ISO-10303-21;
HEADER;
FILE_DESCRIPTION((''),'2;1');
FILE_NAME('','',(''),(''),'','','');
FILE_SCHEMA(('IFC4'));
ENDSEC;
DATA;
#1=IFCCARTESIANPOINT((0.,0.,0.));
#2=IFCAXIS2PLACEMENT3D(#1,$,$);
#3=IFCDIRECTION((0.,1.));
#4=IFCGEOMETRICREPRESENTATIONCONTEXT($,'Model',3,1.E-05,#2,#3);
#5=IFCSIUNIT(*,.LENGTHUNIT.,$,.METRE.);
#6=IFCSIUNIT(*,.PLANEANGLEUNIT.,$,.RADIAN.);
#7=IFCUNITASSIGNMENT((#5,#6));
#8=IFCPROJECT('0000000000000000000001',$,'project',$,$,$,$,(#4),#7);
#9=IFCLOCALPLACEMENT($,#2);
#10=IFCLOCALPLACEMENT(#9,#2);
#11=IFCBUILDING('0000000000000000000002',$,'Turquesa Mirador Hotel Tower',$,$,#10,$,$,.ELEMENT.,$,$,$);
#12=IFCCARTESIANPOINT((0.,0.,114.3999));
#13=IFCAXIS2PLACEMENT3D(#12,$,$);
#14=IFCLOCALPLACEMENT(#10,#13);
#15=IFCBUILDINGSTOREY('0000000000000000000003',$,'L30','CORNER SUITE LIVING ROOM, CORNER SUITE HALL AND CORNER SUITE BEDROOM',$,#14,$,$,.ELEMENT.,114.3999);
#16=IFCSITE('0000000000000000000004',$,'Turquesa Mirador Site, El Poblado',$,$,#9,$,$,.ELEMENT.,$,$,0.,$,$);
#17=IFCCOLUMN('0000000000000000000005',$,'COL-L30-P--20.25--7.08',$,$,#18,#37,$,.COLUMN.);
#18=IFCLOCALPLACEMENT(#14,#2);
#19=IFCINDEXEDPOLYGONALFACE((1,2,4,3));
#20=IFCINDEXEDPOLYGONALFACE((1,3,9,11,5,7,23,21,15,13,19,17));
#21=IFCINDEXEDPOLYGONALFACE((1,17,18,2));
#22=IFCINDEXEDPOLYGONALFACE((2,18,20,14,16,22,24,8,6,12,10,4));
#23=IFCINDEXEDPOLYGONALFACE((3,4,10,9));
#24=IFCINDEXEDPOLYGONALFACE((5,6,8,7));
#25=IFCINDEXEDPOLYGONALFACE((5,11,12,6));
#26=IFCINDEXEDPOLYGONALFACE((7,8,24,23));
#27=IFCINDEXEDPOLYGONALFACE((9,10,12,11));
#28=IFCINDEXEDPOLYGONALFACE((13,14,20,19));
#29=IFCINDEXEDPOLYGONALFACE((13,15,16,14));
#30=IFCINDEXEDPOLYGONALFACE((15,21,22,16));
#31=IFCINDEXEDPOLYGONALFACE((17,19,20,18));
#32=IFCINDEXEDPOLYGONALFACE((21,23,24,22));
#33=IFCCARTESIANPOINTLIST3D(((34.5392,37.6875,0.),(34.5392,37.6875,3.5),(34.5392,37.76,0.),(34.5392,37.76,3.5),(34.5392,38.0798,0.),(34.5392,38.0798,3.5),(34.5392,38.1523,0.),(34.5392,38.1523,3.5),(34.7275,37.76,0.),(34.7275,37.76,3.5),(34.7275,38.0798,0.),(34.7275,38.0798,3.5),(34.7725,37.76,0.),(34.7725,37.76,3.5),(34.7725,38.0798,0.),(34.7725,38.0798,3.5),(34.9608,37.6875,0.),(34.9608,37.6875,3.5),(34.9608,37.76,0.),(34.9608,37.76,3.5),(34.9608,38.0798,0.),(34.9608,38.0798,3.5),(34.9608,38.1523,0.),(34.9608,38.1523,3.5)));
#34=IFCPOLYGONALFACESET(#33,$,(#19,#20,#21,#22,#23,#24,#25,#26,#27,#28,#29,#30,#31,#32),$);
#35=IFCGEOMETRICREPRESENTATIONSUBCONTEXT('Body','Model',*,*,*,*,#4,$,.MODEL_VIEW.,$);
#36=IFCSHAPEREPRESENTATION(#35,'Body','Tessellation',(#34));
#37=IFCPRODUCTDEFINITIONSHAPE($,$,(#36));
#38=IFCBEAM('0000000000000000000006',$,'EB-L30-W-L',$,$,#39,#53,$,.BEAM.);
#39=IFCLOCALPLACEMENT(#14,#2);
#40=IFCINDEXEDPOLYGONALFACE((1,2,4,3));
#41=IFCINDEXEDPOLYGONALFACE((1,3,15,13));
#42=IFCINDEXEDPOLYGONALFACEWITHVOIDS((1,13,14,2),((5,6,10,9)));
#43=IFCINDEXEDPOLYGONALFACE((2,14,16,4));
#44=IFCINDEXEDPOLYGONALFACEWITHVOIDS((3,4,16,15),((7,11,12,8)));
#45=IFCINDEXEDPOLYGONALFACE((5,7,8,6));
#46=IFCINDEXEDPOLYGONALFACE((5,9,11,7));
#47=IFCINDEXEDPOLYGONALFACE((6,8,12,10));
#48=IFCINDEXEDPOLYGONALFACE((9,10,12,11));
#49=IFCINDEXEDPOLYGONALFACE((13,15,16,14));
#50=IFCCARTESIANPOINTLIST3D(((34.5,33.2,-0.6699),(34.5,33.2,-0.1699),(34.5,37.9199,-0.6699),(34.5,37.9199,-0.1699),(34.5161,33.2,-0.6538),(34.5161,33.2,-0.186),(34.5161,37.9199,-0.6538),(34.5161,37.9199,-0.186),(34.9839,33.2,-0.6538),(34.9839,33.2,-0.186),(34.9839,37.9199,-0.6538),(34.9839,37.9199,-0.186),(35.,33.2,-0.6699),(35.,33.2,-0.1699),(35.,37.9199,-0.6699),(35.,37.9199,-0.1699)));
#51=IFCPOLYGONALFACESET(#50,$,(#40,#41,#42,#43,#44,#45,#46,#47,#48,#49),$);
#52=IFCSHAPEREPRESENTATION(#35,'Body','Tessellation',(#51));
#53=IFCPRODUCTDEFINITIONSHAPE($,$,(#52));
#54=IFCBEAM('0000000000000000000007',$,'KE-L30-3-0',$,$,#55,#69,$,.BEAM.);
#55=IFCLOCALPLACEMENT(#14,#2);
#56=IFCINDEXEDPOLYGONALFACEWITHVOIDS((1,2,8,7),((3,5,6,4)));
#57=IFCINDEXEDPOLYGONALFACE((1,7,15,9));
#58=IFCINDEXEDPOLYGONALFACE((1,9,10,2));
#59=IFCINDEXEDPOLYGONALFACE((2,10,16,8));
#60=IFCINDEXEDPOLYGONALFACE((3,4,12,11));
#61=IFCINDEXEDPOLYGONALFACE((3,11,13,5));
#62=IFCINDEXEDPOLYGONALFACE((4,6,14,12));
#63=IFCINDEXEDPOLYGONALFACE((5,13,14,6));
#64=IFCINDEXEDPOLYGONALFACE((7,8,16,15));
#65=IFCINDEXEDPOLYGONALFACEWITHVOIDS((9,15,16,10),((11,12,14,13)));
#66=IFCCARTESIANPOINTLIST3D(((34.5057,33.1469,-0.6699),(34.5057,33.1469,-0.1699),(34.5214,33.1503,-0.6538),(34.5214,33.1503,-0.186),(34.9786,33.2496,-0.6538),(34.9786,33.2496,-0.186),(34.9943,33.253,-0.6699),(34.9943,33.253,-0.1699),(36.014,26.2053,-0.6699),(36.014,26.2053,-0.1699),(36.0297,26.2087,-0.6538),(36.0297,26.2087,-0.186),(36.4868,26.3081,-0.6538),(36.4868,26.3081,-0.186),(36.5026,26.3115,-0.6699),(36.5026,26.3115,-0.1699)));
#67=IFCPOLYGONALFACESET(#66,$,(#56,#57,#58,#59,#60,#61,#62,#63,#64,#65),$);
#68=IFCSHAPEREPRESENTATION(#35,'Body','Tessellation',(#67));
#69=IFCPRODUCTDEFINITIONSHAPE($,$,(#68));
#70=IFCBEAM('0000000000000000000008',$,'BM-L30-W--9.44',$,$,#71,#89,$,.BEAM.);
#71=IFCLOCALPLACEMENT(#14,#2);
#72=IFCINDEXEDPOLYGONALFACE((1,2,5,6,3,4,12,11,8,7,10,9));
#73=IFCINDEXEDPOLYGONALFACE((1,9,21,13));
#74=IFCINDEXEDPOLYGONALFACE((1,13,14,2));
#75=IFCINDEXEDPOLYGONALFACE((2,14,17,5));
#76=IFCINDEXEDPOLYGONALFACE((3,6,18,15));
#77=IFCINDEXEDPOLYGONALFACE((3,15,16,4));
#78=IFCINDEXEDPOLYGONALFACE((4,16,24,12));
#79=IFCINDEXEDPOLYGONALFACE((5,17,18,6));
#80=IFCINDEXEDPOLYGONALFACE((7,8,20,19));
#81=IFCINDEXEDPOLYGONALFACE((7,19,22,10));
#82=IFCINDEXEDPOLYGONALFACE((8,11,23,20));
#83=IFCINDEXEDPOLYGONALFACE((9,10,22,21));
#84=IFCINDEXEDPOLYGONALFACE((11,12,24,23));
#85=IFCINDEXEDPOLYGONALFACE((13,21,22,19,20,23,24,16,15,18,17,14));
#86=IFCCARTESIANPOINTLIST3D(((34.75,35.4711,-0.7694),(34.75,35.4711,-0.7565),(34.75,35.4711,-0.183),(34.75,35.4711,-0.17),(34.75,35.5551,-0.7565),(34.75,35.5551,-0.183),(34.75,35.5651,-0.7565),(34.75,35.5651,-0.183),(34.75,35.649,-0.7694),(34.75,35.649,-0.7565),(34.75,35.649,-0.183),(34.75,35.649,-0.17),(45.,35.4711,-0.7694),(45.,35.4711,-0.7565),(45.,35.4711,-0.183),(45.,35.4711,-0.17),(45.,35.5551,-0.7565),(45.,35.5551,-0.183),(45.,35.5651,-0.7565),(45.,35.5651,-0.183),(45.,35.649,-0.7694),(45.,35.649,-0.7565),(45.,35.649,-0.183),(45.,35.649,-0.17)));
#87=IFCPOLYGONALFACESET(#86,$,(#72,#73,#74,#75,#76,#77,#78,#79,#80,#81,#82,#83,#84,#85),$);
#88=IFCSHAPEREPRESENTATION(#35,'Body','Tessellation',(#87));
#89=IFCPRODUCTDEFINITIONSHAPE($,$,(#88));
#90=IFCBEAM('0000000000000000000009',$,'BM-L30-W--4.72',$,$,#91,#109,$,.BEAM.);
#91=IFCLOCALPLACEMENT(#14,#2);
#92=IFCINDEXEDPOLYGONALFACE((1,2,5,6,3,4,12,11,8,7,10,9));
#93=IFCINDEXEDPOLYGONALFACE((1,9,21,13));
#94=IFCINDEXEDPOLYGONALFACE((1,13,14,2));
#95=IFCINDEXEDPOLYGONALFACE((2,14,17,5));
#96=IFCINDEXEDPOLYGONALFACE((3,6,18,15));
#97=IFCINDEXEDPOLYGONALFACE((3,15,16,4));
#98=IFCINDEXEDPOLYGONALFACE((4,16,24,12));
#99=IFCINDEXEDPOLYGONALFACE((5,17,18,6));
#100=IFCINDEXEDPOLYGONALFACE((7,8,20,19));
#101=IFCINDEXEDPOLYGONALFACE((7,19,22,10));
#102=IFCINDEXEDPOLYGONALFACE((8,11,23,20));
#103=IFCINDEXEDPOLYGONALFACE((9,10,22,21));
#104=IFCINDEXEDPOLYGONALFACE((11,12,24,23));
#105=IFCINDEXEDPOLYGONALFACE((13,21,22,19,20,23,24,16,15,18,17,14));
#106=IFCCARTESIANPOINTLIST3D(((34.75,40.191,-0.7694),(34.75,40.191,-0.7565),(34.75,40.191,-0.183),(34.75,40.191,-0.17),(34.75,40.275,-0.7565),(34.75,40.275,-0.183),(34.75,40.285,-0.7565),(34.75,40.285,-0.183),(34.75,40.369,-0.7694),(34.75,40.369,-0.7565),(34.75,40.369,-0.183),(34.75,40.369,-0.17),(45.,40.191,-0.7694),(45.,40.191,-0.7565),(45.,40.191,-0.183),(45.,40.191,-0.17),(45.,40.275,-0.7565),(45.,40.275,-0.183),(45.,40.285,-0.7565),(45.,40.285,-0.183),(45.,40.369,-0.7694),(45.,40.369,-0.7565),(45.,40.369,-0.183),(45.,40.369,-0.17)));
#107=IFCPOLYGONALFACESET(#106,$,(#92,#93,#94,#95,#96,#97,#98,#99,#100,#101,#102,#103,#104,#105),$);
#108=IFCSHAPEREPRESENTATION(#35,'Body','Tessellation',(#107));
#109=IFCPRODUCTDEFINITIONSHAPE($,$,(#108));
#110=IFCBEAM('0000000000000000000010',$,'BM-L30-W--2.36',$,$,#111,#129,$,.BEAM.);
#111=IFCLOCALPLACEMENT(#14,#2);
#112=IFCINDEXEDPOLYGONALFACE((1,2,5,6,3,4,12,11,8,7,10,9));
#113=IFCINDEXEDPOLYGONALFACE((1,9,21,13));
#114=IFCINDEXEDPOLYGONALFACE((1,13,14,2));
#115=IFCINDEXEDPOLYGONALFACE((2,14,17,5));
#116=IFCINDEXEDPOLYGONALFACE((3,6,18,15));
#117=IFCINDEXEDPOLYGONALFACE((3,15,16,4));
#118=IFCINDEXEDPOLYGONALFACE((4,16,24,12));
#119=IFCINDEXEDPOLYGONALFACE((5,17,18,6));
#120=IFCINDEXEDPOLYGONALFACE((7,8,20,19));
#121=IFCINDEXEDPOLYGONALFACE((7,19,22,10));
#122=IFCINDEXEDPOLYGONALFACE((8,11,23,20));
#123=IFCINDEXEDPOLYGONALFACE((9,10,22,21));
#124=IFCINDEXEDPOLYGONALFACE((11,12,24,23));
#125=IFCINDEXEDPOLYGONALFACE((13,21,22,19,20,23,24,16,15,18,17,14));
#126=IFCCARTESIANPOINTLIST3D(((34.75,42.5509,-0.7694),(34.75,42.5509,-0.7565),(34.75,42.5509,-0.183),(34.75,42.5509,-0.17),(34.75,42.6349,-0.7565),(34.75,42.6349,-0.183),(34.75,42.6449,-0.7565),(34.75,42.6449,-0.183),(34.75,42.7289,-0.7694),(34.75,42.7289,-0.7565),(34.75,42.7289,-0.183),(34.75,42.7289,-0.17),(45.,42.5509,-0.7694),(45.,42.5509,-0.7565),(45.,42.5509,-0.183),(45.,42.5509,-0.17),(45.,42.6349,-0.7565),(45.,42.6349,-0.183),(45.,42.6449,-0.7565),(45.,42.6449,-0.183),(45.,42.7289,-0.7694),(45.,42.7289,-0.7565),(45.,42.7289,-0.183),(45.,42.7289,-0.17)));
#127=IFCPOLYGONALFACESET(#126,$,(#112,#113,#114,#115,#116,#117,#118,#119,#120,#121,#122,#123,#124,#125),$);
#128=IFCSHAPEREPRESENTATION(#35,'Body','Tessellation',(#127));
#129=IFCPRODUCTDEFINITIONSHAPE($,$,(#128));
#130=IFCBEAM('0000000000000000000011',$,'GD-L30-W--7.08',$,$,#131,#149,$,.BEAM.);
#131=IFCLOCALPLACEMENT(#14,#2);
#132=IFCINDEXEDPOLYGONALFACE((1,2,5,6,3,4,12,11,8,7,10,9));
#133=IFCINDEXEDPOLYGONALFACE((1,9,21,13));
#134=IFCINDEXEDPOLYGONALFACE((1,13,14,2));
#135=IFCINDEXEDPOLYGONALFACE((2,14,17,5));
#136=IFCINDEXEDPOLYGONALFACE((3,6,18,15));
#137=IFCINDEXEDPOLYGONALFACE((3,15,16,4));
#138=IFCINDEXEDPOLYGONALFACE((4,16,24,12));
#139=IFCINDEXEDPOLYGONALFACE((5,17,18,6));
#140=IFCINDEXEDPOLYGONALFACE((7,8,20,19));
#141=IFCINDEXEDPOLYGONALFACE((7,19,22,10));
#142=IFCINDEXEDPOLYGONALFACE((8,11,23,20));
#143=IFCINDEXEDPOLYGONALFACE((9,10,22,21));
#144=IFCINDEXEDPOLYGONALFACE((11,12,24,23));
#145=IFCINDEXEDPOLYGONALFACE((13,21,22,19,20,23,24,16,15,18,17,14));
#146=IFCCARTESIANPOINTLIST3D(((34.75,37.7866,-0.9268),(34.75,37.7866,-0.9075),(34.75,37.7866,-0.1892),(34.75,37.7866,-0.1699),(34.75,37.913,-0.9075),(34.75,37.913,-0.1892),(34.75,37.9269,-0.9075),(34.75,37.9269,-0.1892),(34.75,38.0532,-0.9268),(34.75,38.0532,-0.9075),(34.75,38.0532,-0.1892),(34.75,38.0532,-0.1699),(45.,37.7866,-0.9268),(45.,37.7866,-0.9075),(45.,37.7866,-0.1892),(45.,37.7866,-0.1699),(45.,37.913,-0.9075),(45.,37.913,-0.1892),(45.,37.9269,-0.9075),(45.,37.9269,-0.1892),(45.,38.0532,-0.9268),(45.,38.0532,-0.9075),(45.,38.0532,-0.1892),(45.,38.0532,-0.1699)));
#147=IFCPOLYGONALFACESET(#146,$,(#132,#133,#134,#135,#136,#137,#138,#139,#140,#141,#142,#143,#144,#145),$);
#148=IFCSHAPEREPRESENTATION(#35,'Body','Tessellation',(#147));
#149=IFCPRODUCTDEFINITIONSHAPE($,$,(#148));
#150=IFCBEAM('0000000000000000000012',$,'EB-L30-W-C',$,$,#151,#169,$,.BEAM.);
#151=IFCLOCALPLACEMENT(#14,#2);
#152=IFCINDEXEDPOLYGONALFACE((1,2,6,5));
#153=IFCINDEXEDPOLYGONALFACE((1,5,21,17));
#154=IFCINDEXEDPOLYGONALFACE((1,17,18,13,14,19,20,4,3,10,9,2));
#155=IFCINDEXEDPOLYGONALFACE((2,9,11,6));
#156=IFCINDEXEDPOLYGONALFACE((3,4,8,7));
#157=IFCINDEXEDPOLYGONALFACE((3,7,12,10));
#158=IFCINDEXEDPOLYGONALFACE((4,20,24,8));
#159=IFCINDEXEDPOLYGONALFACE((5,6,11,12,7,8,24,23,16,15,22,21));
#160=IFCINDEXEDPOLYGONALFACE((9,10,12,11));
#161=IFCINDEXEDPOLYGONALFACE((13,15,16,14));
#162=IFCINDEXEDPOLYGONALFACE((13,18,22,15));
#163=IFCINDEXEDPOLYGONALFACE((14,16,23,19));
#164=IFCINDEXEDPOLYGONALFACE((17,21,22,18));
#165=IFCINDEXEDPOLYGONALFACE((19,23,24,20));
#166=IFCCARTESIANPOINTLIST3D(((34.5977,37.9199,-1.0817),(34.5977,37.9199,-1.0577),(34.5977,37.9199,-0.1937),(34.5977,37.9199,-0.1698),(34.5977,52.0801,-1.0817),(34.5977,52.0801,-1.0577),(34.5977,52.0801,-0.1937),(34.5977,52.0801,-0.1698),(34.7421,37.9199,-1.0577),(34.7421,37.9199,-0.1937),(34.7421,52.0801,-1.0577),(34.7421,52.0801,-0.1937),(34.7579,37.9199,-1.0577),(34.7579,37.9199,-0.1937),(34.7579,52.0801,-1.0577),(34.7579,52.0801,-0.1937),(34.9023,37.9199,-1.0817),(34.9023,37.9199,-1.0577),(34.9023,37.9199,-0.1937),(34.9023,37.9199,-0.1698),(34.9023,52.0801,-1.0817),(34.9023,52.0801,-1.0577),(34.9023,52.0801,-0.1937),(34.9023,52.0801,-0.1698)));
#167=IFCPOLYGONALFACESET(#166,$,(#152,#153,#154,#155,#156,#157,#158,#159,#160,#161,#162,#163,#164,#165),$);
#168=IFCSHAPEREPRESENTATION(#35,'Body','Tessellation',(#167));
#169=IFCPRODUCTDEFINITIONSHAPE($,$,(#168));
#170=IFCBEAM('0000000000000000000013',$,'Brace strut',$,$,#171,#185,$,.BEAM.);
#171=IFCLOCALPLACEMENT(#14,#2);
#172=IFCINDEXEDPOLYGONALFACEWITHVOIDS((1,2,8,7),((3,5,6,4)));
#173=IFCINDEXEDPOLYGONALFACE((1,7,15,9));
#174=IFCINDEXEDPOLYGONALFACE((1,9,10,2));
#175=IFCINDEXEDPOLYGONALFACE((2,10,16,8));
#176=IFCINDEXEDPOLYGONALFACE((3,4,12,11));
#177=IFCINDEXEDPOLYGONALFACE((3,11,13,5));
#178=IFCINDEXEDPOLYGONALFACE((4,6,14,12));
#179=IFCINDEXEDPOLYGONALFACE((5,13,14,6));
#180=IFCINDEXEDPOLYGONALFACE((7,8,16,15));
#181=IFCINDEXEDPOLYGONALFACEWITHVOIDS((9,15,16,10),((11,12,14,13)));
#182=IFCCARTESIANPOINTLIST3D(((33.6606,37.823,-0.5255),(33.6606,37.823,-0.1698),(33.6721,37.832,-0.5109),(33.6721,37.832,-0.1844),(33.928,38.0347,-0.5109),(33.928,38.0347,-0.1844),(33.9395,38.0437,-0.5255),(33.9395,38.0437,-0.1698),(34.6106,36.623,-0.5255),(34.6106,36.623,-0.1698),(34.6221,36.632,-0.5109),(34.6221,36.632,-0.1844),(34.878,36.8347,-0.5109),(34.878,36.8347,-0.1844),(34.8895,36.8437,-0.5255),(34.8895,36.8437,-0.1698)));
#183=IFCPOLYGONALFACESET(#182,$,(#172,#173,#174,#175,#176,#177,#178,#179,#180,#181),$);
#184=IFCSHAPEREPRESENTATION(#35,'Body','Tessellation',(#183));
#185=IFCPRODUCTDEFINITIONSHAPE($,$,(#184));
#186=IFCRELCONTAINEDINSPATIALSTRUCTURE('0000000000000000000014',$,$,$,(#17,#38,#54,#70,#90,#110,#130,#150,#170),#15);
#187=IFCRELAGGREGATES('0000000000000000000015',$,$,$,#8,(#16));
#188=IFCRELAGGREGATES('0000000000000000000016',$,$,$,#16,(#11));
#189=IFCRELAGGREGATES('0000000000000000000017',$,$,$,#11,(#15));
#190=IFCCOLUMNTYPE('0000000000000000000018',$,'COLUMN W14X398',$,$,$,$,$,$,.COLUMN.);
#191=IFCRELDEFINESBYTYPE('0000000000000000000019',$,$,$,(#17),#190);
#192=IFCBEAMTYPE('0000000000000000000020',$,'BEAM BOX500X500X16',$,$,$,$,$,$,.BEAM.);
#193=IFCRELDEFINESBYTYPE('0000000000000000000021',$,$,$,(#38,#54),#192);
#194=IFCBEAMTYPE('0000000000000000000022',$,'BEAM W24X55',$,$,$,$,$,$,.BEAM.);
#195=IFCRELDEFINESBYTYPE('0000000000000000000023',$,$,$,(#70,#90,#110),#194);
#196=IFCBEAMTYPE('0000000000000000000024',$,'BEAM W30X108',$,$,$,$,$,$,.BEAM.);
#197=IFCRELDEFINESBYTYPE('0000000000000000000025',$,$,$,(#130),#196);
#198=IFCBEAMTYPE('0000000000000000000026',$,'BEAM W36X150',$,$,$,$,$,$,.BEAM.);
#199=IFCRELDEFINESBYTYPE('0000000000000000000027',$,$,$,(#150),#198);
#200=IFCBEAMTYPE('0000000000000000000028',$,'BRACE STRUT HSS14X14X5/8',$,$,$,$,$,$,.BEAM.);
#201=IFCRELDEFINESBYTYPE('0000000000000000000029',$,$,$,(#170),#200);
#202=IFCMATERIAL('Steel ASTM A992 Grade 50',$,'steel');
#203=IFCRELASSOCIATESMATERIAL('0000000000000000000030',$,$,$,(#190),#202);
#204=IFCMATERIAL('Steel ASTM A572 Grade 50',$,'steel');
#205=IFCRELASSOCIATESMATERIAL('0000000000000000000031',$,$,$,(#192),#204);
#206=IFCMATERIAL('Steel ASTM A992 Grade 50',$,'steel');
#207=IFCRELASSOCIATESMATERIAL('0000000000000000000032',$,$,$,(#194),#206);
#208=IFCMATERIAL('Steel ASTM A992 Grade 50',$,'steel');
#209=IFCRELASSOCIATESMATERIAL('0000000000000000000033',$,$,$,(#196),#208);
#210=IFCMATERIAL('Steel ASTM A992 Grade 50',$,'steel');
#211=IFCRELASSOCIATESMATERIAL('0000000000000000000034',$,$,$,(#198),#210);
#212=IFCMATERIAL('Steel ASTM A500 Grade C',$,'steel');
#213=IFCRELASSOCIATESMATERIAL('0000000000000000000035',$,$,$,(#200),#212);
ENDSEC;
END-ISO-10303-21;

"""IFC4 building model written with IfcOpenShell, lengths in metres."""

from ifc_helpers import new_model, si_unit, direction, frame, origin, origin_2d, place, context, subcontext, project, spatial, hollow_rectangle, i_section, extrude, material, material_profile, profile_set, type_object, element, save


model = new_model("IFC4")

# Units and contexts
model_context = context("Model", 3, precision=1e-05, world=origin(), true_north=direction((0.0, 1.0)))
body_context = subcontext(model_context, "Body", "Model", "MODEL_VIEW")
ifc_project = project(units=[si_unit("LENGTHUNIT", "METRE"), si_unit("PLANEANGLEUNIT", "RADIAN")], contexts=[model_context])

# Site, building, storey
site_placement = place(None, origin())
site = spatial("IfcSite", under=ifc_project, at=site_placement, Name="Turquesa Mirador Site, El Poblado", CompositionType="ELEMENT", RefElevation=0.0)
building_placement = place(site_placement, origin())
building = spatial("IfcBuilding", under=site, at=building_placement, Name="Turquesa Mirador Hotel Tower", CompositionType="ELEMENT")
storey_placement = place(building_placement, frame((0.0, 0.0, 114.3999)))
storey = spatial("IfcBuildingStorey", under=building, at=storey_placement, Name="L30", Description="CORNER SUITE LIVING ROOM, CORNER SUITE HALL AND CORNER SUITE BEDROOM", CompositionType="ELEMENT", Elevation=114.3999)

# Column
ifc_material_1 = material(Name="Steel ASTM A992 Grade 50", Category="steel")
ifc_material_profile_1 = material_profile(ifc_material_1, i_section(OverallWidth=0.4216, OverallDepth=0.4648, WebThickness=0.0449, FlangeThickness=0.0725, at=origin_2d()), Name="W14X398")
ifc_profile_set_1 = profile_set([ifc_material_profile_1], Name="Steel ASTM A992 Grade 50")
column_type = type_object("IfcColumnType", Name="COLUMN W14X398", PredefinedType="COLUMN", material=ifc_profile_set_1)
column_placement = place(storey_placement, frame((34.75, 37.9199, 0.0), z_axis=(0.0, 0.0, 1.0), x_axis=(1.0, 0.0, 0.0)))
element("IfcColumn", 1, at=column_placement, inside=storey, type_object=column_type, Name="COL-L30-P--20.25--7.08", PredefinedType="COLUMN", context=body_context, shape_type="SweptSolid", body=[
    extrude(i_section(OverallWidth=0.4216, OverallDepth=0.4648, WebThickness=0.0449, FlangeThickness=0.0725, at=origin_2d()), origin(), (0.0, 0.0, 1.0), 3.5),
])

# Beams
ifc_material_2 = material(Name="Steel ASTM A572 Grade 50", Category="steel")
ifc_material_profile_2 = material_profile(ifc_material_2, hollow_rectangle(XDim=0.5, YDim=0.5, WallThickness=0.0161, at=origin_2d()), Name="BOX500X500X16")
ifc_profile_set_2 = profile_set([ifc_material_profile_2], Name="Steel ASTM A572 Grade 50")
beam_type_1 = type_object("IfcBeamType", Name="BEAM BOX500X500X16", PredefinedType="BEAM", material=ifc_profile_set_2)
beam_1_placement = place(storey_placement, frame((34.75, 33.2, -0.4199), z_axis=(0.0, 1.0, 0.0), x_axis=(-1.0, 0.0, 0.0)))
element("IfcBeam", 2, at=beam_1_placement, inside=storey, type_object=beam_type_1, Name="EB-L30-W-L", PredefinedType="BEAM", context=body_context, shape_type="SweptSolid", body=[
    extrude(hollow_rectangle(XDim=0.5, YDim=0.5, WallThickness=0.0161, at=origin_2d()), origin(), (0.0, 0.0, 1.0), 4.72),
])
beam_2_placement = place(storey_placement, frame((34.75, 33.2, -0.4199), z_axis=(0.212328, -0.977198, 0.0), x_axis=(0.977198, 0.212328, 0.0)))
element("IfcBeam", 3, at=beam_2_placement, inside=storey, type_object=beam_type_1, Name="KE-L30-3-0", PredefinedType="BEAM", context=body_context, shape_type="SweptSolid", body=[
    extrude(hollow_rectangle(XDim=0.5, YDim=0.5, WallThickness=0.0161, at=origin_2d()), origin(), (0.0, 0.0, 1.0), 7.1035),
])
ifc_material_3 = material(Name="Steel ASTM A992 Grade 50", Category="steel")
ifc_material_profile_3 = material_profile(ifc_material_3, i_section(OverallWidth=0.178, OverallDepth=0.5994, WebThickness=0.01, FlangeThickness=0.0129, at=origin_2d()), Name="W24X55")
ifc_profile_set_3 = profile_set([ifc_material_profile_3], Name="Steel ASTM A992 Grade 50")
beam_type_2 = type_object("IfcBeamType", Name="BEAM W24X55", PredefinedType="BEAM", material=ifc_profile_set_3)
for number, where, z_axis, x_axis, name in (
    (4, (34.75, 35.5601, -0.4697), (1.0, 0.0, 0.0), (0.0, 1.0, 0.0), "BM-L30-W--9.44"),
    (5, (34.75, 40.28, -0.4697), (1.0, 0.0, 0.0), (0.0, 1.0, 0.0), "BM-L30-W--4.72"),
    (6, (34.75, 42.6399, -0.4697), (1.0, 0.0, 0.0), (0.0, 1.0, 0.0), "BM-L30-W--2.36"),
):
    element("IfcBeam", number, at=place(storey_placement, frame(where, z_axis=z_axis, x_axis=x_axis)), inside=storey, type_object=beam_type_2, Name=name, PredefinedType="BEAM", context=body_context, shape_type="SweptSolid", body=[
        extrude(i_section(OverallWidth=0.178, OverallDepth=0.5994, WebThickness=0.01, FlangeThickness=0.0129, at=origin_2d()), origin(), (0.0, 0.0, 1.0), 10.25),
    ])
ifc_material_4 = material(Name="Steel ASTM A992 Grade 50", Category="steel")
ifc_material_profile_4 = material_profile(ifc_material_4, i_section(OverallWidth=0.2666, OverallDepth=0.7568, WebThickness=0.0139, FlangeThickness=0.0193, at=origin_2d()), Name="W30X108")
ifc_profile_set_4 = profile_set([ifc_material_profile_4], Name="Steel ASTM A992 Grade 50")
beam_type_3 = type_object("IfcBeamType", Name="BEAM W30X108", PredefinedType="BEAM", material=ifc_profile_set_4)
beam_3_placement = place(storey_placement, frame((34.75, 37.9199, -0.5483), z_axis=(1.0, 0.0, 0.0), x_axis=(0.0, 1.0, 0.0)))
element("IfcBeam", 7, at=beam_3_placement, inside=storey, type_object=beam_type_3, Name="GD-L30-W--7.08", PredefinedType="BEAM", context=body_context, shape_type="SweptSolid", body=[
    extrude(i_section(OverallWidth=0.2666, OverallDepth=0.7568, WebThickness=0.0139, FlangeThickness=0.0193, at=origin_2d()), origin(), (0.0, 0.0, 1.0), 10.25),
])
ifc_material_5 = material(Name="Steel ASTM A992 Grade 50", Category="steel")
ifc_material_profile_5 = material_profile(ifc_material_5, i_section(OverallWidth=0.3047, OverallDepth=0.9119, WebThickness=0.0159, FlangeThickness=0.0239, at=origin_2d()), Name="W36X150")
ifc_profile_set_5 = profile_set([ifc_material_profile_5], Name="Steel ASTM A992 Grade 50")
beam_type_4 = type_object("IfcBeamType", Name="BEAM W36X150", PredefinedType="BEAM", material=ifc_profile_set_5)
beam_4_placement = place(storey_placement, frame((34.75, 37.9199, -0.6257), z_axis=(0.0, 1.0, 0.0), x_axis=(-1.0, 0.0, 0.0)))
element("IfcBeam", 8, at=beam_4_placement, inside=storey, type_object=beam_type_4, Name="EB-L30-W-C", PredefinedType="BEAM", context=body_context, shape_type="SweptSolid", body=[
    extrude(i_section(OverallWidth=0.3047, OverallDepth=0.9119, WebThickness=0.0159, FlangeThickness=0.0239, at=origin_2d()), origin(), (0.0, 0.0, 1.0), 14.1602),
])
ifc_material_6 = material(Name="Steel ASTM A500 Grade C", Category="steel")
ifc_material_profile_6 = material_profile(ifc_material_6, hollow_rectangle(XDim=0.3557, YDim=0.3557, WallThickness=0.0146, at=origin_2d()), Name="HSS14X14X5/8")
ifc_profile_set_6 = profile_set([ifc_material_profile_6], Name="Steel ASTM A500 Grade C")
beam_type_5 = type_object("IfcBeamType", Name="BRACE STRUT HSS14X14X5/8", PredefinedType="BEAM", material=ifc_profile_set_6)
for number, where, z_axis, x_axis, name in (
    (9, (33.8, 37.9333, -0.3477), (0.620699, -0.784049, 0.0), (0.784049, 0.620699, 0.0), "Brace strut"),
):
    element("IfcBeam", number, at=place(storey_placement, frame(where, z_axis=z_axis, x_axis=x_axis)), inside=storey, type_object=beam_type_5, Name=name, PredefinedType="BEAM", context=body_context, shape_type="SweptSolid", body=[
        extrude(hollow_rectangle(XDim=0.3557, YDim=0.3557, WallThickness=0.0146, at=origin_2d()), origin(), (0.0, 0.0, 1.0), 1.5305),
    ])

save(model, "model.ifc")
